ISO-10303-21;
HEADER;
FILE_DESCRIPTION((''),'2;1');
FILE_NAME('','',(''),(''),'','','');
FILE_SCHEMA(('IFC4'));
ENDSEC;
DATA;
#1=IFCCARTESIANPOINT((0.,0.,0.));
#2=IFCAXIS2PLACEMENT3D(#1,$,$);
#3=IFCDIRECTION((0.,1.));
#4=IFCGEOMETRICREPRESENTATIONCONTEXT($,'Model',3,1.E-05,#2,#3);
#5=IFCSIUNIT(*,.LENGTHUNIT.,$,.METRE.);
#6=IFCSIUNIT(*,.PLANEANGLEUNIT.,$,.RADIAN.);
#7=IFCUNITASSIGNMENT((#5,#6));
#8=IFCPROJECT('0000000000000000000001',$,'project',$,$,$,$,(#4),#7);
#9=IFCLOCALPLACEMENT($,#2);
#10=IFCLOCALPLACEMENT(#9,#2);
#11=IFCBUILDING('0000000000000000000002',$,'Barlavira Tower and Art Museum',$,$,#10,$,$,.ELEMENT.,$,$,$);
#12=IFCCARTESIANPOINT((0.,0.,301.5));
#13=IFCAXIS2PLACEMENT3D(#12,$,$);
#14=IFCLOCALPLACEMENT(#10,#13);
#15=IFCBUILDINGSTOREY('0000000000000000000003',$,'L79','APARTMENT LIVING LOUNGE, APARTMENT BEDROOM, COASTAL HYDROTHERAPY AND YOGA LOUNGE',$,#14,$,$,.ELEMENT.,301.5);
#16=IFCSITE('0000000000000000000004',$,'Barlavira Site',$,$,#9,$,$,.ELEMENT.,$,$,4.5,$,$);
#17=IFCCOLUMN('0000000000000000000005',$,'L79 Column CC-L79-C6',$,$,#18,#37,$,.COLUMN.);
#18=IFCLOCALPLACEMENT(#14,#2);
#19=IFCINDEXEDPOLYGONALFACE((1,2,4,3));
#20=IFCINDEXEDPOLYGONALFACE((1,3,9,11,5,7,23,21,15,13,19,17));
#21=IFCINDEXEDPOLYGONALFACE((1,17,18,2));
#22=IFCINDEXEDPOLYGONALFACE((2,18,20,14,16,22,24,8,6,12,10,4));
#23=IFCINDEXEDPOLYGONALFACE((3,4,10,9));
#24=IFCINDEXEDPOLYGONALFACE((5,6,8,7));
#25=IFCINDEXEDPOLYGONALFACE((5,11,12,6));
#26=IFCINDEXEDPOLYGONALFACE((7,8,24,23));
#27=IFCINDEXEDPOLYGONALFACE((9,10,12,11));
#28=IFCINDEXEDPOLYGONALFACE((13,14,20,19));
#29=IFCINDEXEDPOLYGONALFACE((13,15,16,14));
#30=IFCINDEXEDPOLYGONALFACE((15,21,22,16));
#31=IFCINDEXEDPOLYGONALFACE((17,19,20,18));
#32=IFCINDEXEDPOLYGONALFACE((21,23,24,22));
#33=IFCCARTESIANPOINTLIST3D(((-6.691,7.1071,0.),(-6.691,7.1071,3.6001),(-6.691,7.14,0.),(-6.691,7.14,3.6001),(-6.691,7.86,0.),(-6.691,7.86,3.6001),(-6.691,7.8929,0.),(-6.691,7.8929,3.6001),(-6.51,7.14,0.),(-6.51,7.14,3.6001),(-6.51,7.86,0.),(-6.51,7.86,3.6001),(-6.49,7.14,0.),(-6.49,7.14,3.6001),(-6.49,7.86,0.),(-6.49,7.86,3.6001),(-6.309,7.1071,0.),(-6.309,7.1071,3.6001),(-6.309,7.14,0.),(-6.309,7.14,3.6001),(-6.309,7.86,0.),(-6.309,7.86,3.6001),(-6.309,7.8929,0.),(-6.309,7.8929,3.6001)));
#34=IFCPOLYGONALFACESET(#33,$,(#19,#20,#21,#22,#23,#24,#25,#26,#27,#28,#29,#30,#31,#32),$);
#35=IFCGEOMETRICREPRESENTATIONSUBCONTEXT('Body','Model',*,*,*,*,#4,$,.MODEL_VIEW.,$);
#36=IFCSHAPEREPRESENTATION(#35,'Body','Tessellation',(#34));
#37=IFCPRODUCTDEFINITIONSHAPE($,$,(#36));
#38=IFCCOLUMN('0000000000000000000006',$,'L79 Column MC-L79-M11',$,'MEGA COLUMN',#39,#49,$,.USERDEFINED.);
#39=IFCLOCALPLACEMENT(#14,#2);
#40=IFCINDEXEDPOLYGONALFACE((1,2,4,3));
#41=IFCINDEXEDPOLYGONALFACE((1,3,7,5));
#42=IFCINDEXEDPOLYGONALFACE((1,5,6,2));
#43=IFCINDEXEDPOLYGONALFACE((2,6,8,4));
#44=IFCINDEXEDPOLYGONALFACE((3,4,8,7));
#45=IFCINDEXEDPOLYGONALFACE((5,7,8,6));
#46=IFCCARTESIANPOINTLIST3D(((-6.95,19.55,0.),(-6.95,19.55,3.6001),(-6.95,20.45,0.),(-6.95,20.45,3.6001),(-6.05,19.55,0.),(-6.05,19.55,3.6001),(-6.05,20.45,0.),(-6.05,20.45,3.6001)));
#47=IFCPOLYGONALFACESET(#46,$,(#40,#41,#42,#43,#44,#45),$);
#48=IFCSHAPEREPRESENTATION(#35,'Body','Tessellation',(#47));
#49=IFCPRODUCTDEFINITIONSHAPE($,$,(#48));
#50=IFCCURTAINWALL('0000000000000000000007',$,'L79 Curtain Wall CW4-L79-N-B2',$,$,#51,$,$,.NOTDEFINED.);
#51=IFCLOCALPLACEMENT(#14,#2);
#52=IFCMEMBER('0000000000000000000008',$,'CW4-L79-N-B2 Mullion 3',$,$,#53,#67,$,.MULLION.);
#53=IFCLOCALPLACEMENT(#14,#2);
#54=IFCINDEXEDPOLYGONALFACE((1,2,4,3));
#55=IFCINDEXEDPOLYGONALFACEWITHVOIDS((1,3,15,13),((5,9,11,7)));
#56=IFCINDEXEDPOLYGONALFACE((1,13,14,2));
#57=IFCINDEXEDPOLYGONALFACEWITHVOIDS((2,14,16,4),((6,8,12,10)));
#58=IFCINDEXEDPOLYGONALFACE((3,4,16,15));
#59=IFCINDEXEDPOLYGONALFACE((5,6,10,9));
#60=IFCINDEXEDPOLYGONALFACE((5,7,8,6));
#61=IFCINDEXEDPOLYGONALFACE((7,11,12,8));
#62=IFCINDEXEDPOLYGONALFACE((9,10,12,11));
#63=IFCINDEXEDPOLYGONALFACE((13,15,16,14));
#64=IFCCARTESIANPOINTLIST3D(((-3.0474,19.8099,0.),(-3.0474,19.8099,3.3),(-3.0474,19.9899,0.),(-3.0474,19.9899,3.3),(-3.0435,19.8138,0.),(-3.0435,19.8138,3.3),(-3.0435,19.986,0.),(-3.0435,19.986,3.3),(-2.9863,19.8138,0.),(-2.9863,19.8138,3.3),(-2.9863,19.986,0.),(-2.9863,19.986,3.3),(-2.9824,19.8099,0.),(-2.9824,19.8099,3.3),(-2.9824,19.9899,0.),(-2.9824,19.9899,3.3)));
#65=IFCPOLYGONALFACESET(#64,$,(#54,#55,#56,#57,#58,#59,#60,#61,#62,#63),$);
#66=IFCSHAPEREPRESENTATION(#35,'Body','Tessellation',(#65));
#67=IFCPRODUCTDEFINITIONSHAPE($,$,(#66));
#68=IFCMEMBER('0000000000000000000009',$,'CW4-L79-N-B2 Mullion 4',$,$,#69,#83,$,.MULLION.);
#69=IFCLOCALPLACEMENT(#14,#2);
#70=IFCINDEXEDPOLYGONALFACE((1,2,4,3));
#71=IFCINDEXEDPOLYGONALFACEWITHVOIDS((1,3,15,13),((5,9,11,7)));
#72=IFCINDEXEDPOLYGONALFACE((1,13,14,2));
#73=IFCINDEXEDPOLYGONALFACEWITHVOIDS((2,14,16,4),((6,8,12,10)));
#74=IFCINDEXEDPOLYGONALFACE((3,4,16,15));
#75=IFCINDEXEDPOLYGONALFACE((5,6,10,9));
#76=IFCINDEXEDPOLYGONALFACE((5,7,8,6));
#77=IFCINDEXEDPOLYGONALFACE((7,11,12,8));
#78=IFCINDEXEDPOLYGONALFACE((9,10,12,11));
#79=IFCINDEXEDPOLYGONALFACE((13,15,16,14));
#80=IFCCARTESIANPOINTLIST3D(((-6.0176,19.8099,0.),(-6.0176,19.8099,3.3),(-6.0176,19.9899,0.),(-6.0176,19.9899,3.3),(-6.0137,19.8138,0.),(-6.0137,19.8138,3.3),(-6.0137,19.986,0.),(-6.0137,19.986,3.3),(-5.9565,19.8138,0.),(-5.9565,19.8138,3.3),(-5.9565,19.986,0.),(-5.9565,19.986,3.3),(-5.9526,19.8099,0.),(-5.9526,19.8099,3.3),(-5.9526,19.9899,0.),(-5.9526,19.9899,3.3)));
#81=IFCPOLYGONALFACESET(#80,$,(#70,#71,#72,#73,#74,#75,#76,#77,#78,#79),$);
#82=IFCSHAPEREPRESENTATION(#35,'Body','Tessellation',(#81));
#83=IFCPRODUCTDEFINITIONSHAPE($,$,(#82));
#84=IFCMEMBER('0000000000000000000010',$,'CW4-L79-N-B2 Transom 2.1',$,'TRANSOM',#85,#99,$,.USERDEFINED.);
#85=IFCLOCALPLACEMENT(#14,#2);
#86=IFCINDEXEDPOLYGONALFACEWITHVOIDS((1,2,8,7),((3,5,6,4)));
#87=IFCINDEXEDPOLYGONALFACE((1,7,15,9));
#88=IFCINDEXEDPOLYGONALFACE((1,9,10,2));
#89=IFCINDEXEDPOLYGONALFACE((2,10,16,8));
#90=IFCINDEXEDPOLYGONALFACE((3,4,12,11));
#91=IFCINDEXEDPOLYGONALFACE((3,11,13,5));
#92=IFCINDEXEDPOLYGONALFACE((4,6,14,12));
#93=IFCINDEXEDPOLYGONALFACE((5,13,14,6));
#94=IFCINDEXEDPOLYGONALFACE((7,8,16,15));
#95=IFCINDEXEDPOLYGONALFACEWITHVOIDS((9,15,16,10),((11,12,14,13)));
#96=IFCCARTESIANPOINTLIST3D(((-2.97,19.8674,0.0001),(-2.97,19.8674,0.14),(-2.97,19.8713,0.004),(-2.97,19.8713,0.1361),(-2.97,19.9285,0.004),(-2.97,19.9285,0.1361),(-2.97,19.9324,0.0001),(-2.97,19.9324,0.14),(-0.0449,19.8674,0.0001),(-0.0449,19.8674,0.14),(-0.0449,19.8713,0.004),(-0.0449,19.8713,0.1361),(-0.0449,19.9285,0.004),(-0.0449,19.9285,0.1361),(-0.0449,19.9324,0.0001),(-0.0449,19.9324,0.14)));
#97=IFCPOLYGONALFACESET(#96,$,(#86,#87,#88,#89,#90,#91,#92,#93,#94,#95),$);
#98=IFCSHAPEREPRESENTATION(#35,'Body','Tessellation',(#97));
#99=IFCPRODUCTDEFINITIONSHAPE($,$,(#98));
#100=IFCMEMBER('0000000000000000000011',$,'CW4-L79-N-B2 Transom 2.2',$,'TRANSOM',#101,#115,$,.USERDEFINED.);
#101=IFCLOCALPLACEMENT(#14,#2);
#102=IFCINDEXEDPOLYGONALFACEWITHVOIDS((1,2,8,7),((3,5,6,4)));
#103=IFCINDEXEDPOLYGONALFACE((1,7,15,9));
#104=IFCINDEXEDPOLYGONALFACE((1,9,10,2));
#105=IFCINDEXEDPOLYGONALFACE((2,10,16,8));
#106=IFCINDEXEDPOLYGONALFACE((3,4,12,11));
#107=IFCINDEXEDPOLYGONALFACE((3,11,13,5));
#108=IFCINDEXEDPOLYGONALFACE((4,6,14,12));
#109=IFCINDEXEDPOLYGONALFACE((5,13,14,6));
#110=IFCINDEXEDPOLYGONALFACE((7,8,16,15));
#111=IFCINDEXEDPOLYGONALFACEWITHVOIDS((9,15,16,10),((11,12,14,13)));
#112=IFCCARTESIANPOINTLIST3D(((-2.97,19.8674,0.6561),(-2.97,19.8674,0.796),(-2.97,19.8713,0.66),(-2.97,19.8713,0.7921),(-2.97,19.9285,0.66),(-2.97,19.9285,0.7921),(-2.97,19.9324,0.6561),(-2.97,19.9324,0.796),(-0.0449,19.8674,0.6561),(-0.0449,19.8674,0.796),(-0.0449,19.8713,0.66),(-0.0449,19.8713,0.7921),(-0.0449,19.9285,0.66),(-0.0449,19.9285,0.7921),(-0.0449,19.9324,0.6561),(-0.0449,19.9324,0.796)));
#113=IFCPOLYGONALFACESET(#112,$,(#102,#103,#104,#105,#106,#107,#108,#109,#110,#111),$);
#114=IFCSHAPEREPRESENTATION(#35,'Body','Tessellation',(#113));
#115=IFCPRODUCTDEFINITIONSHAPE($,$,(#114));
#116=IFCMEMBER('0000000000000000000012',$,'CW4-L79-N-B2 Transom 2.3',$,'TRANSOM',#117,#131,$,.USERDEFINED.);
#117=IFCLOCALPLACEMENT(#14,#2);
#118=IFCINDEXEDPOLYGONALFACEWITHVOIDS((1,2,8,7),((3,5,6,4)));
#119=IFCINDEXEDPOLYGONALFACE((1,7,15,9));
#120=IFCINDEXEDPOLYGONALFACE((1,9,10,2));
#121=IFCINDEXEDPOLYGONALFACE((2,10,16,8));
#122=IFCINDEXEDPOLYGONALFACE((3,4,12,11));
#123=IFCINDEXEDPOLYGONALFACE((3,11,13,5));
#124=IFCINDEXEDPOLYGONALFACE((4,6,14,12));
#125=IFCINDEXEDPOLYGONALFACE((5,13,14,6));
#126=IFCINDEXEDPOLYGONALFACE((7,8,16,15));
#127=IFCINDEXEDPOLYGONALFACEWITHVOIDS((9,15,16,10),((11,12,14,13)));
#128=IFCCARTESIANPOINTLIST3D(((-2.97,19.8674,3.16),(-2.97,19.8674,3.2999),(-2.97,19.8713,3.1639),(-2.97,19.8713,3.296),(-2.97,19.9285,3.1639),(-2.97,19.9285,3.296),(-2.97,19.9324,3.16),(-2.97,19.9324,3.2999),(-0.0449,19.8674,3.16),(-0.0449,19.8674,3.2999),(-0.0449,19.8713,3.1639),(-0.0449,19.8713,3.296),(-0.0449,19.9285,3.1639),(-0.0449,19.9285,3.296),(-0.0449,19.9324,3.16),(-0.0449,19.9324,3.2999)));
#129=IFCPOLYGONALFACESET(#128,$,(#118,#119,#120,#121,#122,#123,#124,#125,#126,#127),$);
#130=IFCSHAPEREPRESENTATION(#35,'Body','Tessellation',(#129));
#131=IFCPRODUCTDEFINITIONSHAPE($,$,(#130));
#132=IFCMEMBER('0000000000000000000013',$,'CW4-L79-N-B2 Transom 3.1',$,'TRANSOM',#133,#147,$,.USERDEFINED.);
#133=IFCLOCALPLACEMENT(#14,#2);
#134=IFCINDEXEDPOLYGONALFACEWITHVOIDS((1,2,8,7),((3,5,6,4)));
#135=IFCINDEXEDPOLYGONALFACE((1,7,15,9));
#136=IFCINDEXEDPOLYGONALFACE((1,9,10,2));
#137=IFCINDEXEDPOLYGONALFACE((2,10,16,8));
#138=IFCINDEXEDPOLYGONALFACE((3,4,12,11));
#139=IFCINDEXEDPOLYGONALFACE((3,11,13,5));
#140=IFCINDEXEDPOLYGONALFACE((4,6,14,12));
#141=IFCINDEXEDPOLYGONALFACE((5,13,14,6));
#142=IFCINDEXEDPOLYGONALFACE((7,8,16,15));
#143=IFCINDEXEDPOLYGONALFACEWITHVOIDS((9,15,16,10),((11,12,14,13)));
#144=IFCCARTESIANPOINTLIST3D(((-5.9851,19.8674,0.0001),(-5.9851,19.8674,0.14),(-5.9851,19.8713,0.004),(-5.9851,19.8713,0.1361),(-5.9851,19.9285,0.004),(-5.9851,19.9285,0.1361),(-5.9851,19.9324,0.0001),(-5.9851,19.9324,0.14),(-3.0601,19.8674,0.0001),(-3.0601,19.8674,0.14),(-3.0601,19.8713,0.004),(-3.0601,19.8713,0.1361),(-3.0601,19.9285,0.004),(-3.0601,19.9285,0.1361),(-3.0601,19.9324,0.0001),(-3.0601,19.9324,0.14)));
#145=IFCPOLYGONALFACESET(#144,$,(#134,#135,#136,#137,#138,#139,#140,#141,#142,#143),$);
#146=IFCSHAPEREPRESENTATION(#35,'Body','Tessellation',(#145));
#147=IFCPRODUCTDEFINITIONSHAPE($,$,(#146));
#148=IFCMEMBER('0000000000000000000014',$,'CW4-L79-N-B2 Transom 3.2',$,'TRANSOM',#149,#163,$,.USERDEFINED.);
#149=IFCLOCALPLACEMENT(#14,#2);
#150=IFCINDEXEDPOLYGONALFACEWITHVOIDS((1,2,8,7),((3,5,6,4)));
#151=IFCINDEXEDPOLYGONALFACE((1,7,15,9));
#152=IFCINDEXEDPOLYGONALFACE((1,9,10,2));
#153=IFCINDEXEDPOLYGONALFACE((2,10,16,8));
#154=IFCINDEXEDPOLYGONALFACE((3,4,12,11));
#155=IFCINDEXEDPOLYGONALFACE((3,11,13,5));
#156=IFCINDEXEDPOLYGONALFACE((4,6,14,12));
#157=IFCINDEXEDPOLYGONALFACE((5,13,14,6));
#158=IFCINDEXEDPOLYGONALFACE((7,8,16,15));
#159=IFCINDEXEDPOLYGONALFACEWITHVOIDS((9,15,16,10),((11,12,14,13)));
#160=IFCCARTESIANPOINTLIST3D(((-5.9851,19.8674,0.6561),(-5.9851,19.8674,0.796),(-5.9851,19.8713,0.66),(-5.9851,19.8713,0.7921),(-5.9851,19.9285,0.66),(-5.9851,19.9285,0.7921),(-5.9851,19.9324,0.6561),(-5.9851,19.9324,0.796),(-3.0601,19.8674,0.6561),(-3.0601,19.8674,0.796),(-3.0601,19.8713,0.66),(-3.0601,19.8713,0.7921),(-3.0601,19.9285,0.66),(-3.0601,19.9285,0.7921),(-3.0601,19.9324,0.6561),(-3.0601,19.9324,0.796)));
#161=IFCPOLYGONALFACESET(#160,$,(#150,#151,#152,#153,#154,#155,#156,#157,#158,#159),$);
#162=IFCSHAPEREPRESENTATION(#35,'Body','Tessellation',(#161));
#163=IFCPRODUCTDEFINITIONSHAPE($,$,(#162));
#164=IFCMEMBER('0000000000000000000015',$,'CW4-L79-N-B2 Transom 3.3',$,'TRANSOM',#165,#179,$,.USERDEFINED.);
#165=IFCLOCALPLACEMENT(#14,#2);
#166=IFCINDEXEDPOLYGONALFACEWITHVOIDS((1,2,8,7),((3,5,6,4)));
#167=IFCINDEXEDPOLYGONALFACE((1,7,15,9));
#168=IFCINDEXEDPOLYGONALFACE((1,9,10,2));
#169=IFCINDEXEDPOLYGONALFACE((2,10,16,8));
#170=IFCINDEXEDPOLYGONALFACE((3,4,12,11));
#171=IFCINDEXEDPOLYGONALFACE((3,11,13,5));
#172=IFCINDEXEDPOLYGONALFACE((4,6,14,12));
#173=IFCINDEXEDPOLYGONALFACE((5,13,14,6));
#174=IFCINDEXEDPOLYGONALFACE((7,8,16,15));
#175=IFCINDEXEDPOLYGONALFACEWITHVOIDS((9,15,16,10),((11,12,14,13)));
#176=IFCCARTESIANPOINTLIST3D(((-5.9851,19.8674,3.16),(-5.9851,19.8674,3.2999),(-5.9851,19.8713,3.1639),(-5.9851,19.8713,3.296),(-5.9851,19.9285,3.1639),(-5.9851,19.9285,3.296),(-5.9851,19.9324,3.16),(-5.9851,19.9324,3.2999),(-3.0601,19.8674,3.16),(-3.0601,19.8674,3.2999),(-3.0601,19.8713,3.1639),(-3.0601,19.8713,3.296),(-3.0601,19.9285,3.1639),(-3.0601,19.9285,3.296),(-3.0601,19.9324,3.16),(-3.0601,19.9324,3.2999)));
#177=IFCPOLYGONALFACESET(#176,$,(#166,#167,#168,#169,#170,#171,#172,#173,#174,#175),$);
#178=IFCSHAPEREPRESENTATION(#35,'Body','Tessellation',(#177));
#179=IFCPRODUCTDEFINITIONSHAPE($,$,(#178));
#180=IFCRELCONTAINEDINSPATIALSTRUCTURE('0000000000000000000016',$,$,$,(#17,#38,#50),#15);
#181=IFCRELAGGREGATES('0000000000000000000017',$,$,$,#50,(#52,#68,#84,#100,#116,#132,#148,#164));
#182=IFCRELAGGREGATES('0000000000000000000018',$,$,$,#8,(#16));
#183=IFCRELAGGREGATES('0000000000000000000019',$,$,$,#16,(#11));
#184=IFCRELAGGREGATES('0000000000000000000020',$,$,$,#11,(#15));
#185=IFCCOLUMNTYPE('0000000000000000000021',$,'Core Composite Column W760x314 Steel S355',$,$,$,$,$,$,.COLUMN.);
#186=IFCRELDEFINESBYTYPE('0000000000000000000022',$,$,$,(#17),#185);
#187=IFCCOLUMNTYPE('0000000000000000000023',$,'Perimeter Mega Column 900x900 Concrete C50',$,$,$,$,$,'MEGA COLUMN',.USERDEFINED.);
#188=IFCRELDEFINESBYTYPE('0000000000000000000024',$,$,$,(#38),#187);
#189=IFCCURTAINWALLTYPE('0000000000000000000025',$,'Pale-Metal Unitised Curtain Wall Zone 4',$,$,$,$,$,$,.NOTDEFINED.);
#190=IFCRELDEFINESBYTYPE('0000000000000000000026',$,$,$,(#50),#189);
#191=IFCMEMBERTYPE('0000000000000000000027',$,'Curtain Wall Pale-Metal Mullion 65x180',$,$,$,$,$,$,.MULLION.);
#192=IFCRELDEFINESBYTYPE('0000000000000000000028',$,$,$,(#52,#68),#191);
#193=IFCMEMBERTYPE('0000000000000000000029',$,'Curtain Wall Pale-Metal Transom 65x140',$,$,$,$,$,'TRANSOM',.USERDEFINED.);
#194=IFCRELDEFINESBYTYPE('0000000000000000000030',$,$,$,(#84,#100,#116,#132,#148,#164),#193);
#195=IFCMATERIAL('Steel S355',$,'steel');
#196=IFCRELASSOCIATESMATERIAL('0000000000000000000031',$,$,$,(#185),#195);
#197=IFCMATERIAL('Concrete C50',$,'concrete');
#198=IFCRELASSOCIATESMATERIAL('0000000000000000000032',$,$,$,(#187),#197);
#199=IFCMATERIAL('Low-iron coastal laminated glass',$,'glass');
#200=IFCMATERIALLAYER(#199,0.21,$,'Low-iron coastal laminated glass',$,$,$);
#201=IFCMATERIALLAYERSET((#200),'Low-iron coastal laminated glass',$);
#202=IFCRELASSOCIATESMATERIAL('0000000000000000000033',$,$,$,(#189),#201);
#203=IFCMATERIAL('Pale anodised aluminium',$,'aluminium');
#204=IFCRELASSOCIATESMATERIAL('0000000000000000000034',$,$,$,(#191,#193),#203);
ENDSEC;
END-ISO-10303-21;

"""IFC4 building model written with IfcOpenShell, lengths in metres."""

from ifc_helpers import new_model, si_unit, direction, frame, origin, origin_2d, place, context, subcontext, project, spatial, rectangle, hollow_rectangle, i_section, extrude, material, layer, layer_set, material_profile, profile_set, type_object, element, aggregate, save


model = new_model("IFC4")

# Units and contexts
model_context = context("Model", 3, precision=1e-05, world=origin(), true_north=direction((0.0, 1.0)))
body_context = subcontext(model_context, "Body", "Model", "MODEL_VIEW")
ifc_project = project(units=[si_unit("LENGTHUNIT", "METRE"), si_unit("PLANEANGLEUNIT", "RADIAN")], contexts=[model_context])

# Site, building, storey
site_placement = place(None, origin())
site = spatial("IfcSite", under=ifc_project, at=site_placement, Name="Barlavira Site", CompositionType="ELEMENT", RefElevation=4.5)
building_placement = place(site_placement, origin())
building = spatial("IfcBuilding", under=site, at=building_placement, Name="Barlavira Tower and Art Museum", CompositionType="ELEMENT")
storey_placement = place(building_placement, frame((0.0, 0.0, 301.5)))
storey = spatial("IfcBuildingStorey", under=building, at=storey_placement, Name="L79", Description="APARTMENT LIVING LOUNGE, APARTMENT BEDROOM, COASTAL HYDROTHERAPY AND YOGA LOUNGE", CompositionType="ELEMENT", Elevation=301.5)

# Columns
ifc_material_1 = material(Name="Steel S355", Category="steel")
ifc_material_profile_1 = material_profile(ifc_material_1, i_section(OverallWidth=0.3821, OverallDepth=0.7859, WebThickness=0.02, FlangeThickness=0.033, at=origin_2d()), Name="W760x314.0")
ifc_profile_set_1 = profile_set([ifc_material_profile_1], Name="Steel S355")
column_type_1 = type_object("IfcColumnType", Name="Core Composite Column W760x314 Steel S355", PredefinedType="COLUMN", material=ifc_profile_set_1)
column_1_placement = place(storey_placement, frame((-6.5, 7.5, 0.0), z_axis=(0.0, 0.0, 1.0), x_axis=(1.0, 0.0, 0.0)))
element("IfcColumn", 1, at=column_1_placement, inside=storey, type_object=column_type_1, Name="L79 Column CC-L79-C6", PredefinedType="COLUMN", context=body_context, shape_type="SweptSolid", body=[
    extrude(i_section(OverallWidth=0.3821, OverallDepth=0.7859, WebThickness=0.02, FlangeThickness=0.033, at=origin_2d()), origin(), (0.0, 0.0, 1.0), 3.6001),
])
ifc_material_2 = material(Name="Concrete C50", Category="concrete")
ifc_material_profile_2 = material_profile(ifc_material_2, rectangle(XDim=0.8999, YDim=0.8999, at=origin_2d()), Name="RC-COL 900x900")
ifc_profile_set_2 = profile_set([ifc_material_profile_2], Name="Concrete C50")
column_type_2 = type_object("IfcColumnType", Name="Perimeter Mega Column 900x900 Concrete C50", ElementType="MEGA COLUMN", PredefinedType="USERDEFINED", material=ifc_profile_set_2)
column_2_placement = place(storey_placement, frame((-6.5, 20.0, 0.0), z_axis=(0.0, 0.0, 1.0), x_axis=(1.0, 0.0, 0.0)))
element("IfcColumn", 2, at=column_2_placement, inside=storey, type_object=column_type_2, Name="L79 Column MC-L79-M11", ObjectType="MEGA COLUMN", PredefinedType="USERDEFINED", context=body_context, shape_type="SweptSolid", body=[
    extrude(rectangle(XDim=0.8999, YDim=0.8999, at=origin_2d()), origin(), (0.0, 0.0, 1.0), 3.6001),
])

# Curtain wall, members
ifc_material_3 = material(Name="Low-iron coastal laminated glass", Category="glass")
ifc_layer_1 = layer(ifc_material_3, 0.21, Name="Low-iron coastal laminated glass")
ifc_layer_set_1 = layer_set([ifc_layer_1], Name="Low-iron coastal laminated glass")
curtain_wall_type = type_object("IfcCurtainWallType", Name="Pale-Metal Unitised Curtain Wall Zone 4", PredefinedType="NOTDEFINED", material=ifc_layer_set_1)
curtain_wall_placement = place(storey_placement, origin())
curtain_wall = element("IfcCurtainWall", 3, at=curtain_wall_placement, inside=storey, type_object=curtain_wall_type, Name="L79 Curtain Wall CW4-L79-N-B2", PredefinedType="NOTDEFINED")
ifc_material_4 = material(Name="Pale anodised aluminium", Category="aluminium")
ifc_material_profile_3 = material_profile(ifc_material_4, hollow_rectangle(XDim=0.0649, YDim=0.1799, WallThickness=0.0039, at=origin_2d()), Name="ALU-MULL 65x180x4")
ifc_profile_set_3 = profile_set([ifc_material_profile_3], Name="Pale anodised aluminium")
member_type_1 = type_object("IfcMemberType", Name="Curtain Wall Pale-Metal Mullion 65x180", PredefinedType="MULLION", material=ifc_profile_set_3)
member_1_placement = place(storey_placement, frame((-3.0149, 19.8999, 0.0), z_axis=(0.0, 0.0, 1.0), x_axis=(-1.0, 0.0, 0.0)))
member_1 = element("IfcMember", 4, at=member_1_placement, type_object=member_type_1, Name="CW4-L79-N-B2 Mullion 3", PredefinedType="MULLION", context=body_context, shape_type="SweptSolid", body=[
    extrude(hollow_rectangle(XDim=0.0649, YDim=0.1799, WallThickness=0.0039, at=origin_2d()), origin(), (0.0, 0.0, 1.0), 3.3),
])
member_2_placement = place(storey_placement, frame((-5.9851, 19.8999, 0.0), z_axis=(0.0, 0.0, 1.0), x_axis=(-1.0, 0.0, 0.0)))
member_2 = element("IfcMember", 5, at=member_2_placement, type_object=member_type_1, Name="CW4-L79-N-B2 Mullion 4", PredefinedType="MULLION", context=body_context, shape_type="SweptSolid", body=[
    extrude(hollow_rectangle(XDim=0.0649, YDim=0.1799, WallThickness=0.0039, at=origin_2d()), origin(), (0.0, 0.0, 1.0), 3.3),
])
ifc_material_profile_4 = material_profile(ifc_material_4, hollow_rectangle(XDim=0.0649, YDim=0.1399, WallThickness=0.0039, at=origin_2d()), Name="ALU-TRAN 65x140x4")
ifc_profile_set_4 = profile_set([ifc_material_profile_4], Name="Pale anodised aluminium")
member_type_2 = type_object("IfcMemberType", Name="Curtain Wall Pale-Metal Transom 65x140", ElementType="TRANSOM", PredefinedType="USERDEFINED", material=ifc_profile_set_4)
member_3_placement = place(storey_placement, frame((-0.0449, 19.8999, 0.0701), z_axis=(-1.0, 0.0, 0.0), x_axis=(0.0, -1.0, 0.0)))
member_3 = element("IfcMember", 6, at=member_3_placement, type_object=member_type_2, Name="CW4-L79-N-B2 Transom 2.1", ObjectType="TRANSOM", PredefinedType="USERDEFINED", context=body_context, shape_type="SweptSolid", body=[
    extrude(hollow_rectangle(XDim=0.0649, YDim=0.1399, WallThickness=0.0039, at=origin_2d()), origin(), (0.0, 0.0, 1.0), 2.925),
])
member_4_placement = place(storey_placement, frame((-0.0449, 19.8999, 0.7261), z_axis=(-1.0, 0.0, 0.0), x_axis=(0.0, -1.0, 0.0)))
member_4 = element("IfcMember", 7, at=member_4_placement, type_object=member_type_2, Name="CW4-L79-N-B2 Transom 2.2", ObjectType="TRANSOM", PredefinedType="USERDEFINED", context=body_context, shape_type="SweptSolid", body=[
    extrude(hollow_rectangle(XDim=0.0649, YDim=0.1399, WallThickness=0.0039, at=origin_2d()), origin(), (0.0, 0.0, 1.0), 2.925),
])
member_5_placement = place(storey_placement, frame((-0.0449, 19.8999, 3.23), z_axis=(-1.0, 0.0, 0.0), x_axis=(0.0, -1.0, 0.0)))
member_5 = element("IfcMember", 8, at=member_5_placement, type_object=member_type_2, Name="CW4-L79-N-B2 Transom 2.3", ObjectType="TRANSOM", PredefinedType="USERDEFINED", context=body_context, shape_type="SweptSolid", body=[
    extrude(hollow_rectangle(XDim=0.0649, YDim=0.1399, WallThickness=0.0039, at=origin_2d()), origin(), (0.0, 0.0, 1.0), 2.925),
])
member_6_placement = place(storey_placement, frame((-3.0601, 19.8999, 0.0701), z_axis=(-1.0, 0.0, 0.0), x_axis=(0.0, -1.0, 0.0)))
member_6 = element("IfcMember", 9, at=member_6_placement, type_object=member_type_2, Name="CW4-L79-N-B2 Transom 3.1", ObjectType="TRANSOM", PredefinedType="USERDEFINED", context=body_context, shape_type="SweptSolid", body=[
    extrude(hollow_rectangle(XDim=0.0649, YDim=0.1399, WallThickness=0.0039, at=origin_2d()), origin(), (0.0, 0.0, 1.0), 2.925),
])
member_7_placement = place(storey_placement, frame((-3.0601, 19.8999, 0.7261), z_axis=(-1.0, 0.0, 0.0), x_axis=(0.0, -1.0, 0.0)))
member_7 = element("IfcMember", 10, at=member_7_placement, type_object=member_type_2, Name="CW4-L79-N-B2 Transom 3.2", ObjectType="TRANSOM", PredefinedType="USERDEFINED", context=body_context, shape_type="SweptSolid", body=[
    extrude(hollow_rectangle(XDim=0.0649, YDim=0.1399, WallThickness=0.0039, at=origin_2d()), origin(), (0.0, 0.0, 1.0), 2.925),
])
member_8_placement = place(storey_placement, frame((-3.0601, 19.8999, 3.23), z_axis=(-1.0, 0.0, 0.0), x_axis=(0.0, -1.0, 0.0)))
member_8 = element("IfcMember", 11, at=member_8_placement, type_object=member_type_2, Name="CW4-L79-N-B2 Transom 3.3", ObjectType="TRANSOM", PredefinedType="USERDEFINED", context=body_context, shape_type="SweptSolid", body=[
    extrude(hollow_rectangle(XDim=0.0649, YDim=0.1399, WallThickness=0.0039, at=origin_2d()), origin(), (0.0, 0.0, 1.0), 2.925),
])

aggregate(curtain_wall, [member_1, member_2, member_3, member_4, member_5, member_6, member_7, member_8])

save(model, "model.ifc")
